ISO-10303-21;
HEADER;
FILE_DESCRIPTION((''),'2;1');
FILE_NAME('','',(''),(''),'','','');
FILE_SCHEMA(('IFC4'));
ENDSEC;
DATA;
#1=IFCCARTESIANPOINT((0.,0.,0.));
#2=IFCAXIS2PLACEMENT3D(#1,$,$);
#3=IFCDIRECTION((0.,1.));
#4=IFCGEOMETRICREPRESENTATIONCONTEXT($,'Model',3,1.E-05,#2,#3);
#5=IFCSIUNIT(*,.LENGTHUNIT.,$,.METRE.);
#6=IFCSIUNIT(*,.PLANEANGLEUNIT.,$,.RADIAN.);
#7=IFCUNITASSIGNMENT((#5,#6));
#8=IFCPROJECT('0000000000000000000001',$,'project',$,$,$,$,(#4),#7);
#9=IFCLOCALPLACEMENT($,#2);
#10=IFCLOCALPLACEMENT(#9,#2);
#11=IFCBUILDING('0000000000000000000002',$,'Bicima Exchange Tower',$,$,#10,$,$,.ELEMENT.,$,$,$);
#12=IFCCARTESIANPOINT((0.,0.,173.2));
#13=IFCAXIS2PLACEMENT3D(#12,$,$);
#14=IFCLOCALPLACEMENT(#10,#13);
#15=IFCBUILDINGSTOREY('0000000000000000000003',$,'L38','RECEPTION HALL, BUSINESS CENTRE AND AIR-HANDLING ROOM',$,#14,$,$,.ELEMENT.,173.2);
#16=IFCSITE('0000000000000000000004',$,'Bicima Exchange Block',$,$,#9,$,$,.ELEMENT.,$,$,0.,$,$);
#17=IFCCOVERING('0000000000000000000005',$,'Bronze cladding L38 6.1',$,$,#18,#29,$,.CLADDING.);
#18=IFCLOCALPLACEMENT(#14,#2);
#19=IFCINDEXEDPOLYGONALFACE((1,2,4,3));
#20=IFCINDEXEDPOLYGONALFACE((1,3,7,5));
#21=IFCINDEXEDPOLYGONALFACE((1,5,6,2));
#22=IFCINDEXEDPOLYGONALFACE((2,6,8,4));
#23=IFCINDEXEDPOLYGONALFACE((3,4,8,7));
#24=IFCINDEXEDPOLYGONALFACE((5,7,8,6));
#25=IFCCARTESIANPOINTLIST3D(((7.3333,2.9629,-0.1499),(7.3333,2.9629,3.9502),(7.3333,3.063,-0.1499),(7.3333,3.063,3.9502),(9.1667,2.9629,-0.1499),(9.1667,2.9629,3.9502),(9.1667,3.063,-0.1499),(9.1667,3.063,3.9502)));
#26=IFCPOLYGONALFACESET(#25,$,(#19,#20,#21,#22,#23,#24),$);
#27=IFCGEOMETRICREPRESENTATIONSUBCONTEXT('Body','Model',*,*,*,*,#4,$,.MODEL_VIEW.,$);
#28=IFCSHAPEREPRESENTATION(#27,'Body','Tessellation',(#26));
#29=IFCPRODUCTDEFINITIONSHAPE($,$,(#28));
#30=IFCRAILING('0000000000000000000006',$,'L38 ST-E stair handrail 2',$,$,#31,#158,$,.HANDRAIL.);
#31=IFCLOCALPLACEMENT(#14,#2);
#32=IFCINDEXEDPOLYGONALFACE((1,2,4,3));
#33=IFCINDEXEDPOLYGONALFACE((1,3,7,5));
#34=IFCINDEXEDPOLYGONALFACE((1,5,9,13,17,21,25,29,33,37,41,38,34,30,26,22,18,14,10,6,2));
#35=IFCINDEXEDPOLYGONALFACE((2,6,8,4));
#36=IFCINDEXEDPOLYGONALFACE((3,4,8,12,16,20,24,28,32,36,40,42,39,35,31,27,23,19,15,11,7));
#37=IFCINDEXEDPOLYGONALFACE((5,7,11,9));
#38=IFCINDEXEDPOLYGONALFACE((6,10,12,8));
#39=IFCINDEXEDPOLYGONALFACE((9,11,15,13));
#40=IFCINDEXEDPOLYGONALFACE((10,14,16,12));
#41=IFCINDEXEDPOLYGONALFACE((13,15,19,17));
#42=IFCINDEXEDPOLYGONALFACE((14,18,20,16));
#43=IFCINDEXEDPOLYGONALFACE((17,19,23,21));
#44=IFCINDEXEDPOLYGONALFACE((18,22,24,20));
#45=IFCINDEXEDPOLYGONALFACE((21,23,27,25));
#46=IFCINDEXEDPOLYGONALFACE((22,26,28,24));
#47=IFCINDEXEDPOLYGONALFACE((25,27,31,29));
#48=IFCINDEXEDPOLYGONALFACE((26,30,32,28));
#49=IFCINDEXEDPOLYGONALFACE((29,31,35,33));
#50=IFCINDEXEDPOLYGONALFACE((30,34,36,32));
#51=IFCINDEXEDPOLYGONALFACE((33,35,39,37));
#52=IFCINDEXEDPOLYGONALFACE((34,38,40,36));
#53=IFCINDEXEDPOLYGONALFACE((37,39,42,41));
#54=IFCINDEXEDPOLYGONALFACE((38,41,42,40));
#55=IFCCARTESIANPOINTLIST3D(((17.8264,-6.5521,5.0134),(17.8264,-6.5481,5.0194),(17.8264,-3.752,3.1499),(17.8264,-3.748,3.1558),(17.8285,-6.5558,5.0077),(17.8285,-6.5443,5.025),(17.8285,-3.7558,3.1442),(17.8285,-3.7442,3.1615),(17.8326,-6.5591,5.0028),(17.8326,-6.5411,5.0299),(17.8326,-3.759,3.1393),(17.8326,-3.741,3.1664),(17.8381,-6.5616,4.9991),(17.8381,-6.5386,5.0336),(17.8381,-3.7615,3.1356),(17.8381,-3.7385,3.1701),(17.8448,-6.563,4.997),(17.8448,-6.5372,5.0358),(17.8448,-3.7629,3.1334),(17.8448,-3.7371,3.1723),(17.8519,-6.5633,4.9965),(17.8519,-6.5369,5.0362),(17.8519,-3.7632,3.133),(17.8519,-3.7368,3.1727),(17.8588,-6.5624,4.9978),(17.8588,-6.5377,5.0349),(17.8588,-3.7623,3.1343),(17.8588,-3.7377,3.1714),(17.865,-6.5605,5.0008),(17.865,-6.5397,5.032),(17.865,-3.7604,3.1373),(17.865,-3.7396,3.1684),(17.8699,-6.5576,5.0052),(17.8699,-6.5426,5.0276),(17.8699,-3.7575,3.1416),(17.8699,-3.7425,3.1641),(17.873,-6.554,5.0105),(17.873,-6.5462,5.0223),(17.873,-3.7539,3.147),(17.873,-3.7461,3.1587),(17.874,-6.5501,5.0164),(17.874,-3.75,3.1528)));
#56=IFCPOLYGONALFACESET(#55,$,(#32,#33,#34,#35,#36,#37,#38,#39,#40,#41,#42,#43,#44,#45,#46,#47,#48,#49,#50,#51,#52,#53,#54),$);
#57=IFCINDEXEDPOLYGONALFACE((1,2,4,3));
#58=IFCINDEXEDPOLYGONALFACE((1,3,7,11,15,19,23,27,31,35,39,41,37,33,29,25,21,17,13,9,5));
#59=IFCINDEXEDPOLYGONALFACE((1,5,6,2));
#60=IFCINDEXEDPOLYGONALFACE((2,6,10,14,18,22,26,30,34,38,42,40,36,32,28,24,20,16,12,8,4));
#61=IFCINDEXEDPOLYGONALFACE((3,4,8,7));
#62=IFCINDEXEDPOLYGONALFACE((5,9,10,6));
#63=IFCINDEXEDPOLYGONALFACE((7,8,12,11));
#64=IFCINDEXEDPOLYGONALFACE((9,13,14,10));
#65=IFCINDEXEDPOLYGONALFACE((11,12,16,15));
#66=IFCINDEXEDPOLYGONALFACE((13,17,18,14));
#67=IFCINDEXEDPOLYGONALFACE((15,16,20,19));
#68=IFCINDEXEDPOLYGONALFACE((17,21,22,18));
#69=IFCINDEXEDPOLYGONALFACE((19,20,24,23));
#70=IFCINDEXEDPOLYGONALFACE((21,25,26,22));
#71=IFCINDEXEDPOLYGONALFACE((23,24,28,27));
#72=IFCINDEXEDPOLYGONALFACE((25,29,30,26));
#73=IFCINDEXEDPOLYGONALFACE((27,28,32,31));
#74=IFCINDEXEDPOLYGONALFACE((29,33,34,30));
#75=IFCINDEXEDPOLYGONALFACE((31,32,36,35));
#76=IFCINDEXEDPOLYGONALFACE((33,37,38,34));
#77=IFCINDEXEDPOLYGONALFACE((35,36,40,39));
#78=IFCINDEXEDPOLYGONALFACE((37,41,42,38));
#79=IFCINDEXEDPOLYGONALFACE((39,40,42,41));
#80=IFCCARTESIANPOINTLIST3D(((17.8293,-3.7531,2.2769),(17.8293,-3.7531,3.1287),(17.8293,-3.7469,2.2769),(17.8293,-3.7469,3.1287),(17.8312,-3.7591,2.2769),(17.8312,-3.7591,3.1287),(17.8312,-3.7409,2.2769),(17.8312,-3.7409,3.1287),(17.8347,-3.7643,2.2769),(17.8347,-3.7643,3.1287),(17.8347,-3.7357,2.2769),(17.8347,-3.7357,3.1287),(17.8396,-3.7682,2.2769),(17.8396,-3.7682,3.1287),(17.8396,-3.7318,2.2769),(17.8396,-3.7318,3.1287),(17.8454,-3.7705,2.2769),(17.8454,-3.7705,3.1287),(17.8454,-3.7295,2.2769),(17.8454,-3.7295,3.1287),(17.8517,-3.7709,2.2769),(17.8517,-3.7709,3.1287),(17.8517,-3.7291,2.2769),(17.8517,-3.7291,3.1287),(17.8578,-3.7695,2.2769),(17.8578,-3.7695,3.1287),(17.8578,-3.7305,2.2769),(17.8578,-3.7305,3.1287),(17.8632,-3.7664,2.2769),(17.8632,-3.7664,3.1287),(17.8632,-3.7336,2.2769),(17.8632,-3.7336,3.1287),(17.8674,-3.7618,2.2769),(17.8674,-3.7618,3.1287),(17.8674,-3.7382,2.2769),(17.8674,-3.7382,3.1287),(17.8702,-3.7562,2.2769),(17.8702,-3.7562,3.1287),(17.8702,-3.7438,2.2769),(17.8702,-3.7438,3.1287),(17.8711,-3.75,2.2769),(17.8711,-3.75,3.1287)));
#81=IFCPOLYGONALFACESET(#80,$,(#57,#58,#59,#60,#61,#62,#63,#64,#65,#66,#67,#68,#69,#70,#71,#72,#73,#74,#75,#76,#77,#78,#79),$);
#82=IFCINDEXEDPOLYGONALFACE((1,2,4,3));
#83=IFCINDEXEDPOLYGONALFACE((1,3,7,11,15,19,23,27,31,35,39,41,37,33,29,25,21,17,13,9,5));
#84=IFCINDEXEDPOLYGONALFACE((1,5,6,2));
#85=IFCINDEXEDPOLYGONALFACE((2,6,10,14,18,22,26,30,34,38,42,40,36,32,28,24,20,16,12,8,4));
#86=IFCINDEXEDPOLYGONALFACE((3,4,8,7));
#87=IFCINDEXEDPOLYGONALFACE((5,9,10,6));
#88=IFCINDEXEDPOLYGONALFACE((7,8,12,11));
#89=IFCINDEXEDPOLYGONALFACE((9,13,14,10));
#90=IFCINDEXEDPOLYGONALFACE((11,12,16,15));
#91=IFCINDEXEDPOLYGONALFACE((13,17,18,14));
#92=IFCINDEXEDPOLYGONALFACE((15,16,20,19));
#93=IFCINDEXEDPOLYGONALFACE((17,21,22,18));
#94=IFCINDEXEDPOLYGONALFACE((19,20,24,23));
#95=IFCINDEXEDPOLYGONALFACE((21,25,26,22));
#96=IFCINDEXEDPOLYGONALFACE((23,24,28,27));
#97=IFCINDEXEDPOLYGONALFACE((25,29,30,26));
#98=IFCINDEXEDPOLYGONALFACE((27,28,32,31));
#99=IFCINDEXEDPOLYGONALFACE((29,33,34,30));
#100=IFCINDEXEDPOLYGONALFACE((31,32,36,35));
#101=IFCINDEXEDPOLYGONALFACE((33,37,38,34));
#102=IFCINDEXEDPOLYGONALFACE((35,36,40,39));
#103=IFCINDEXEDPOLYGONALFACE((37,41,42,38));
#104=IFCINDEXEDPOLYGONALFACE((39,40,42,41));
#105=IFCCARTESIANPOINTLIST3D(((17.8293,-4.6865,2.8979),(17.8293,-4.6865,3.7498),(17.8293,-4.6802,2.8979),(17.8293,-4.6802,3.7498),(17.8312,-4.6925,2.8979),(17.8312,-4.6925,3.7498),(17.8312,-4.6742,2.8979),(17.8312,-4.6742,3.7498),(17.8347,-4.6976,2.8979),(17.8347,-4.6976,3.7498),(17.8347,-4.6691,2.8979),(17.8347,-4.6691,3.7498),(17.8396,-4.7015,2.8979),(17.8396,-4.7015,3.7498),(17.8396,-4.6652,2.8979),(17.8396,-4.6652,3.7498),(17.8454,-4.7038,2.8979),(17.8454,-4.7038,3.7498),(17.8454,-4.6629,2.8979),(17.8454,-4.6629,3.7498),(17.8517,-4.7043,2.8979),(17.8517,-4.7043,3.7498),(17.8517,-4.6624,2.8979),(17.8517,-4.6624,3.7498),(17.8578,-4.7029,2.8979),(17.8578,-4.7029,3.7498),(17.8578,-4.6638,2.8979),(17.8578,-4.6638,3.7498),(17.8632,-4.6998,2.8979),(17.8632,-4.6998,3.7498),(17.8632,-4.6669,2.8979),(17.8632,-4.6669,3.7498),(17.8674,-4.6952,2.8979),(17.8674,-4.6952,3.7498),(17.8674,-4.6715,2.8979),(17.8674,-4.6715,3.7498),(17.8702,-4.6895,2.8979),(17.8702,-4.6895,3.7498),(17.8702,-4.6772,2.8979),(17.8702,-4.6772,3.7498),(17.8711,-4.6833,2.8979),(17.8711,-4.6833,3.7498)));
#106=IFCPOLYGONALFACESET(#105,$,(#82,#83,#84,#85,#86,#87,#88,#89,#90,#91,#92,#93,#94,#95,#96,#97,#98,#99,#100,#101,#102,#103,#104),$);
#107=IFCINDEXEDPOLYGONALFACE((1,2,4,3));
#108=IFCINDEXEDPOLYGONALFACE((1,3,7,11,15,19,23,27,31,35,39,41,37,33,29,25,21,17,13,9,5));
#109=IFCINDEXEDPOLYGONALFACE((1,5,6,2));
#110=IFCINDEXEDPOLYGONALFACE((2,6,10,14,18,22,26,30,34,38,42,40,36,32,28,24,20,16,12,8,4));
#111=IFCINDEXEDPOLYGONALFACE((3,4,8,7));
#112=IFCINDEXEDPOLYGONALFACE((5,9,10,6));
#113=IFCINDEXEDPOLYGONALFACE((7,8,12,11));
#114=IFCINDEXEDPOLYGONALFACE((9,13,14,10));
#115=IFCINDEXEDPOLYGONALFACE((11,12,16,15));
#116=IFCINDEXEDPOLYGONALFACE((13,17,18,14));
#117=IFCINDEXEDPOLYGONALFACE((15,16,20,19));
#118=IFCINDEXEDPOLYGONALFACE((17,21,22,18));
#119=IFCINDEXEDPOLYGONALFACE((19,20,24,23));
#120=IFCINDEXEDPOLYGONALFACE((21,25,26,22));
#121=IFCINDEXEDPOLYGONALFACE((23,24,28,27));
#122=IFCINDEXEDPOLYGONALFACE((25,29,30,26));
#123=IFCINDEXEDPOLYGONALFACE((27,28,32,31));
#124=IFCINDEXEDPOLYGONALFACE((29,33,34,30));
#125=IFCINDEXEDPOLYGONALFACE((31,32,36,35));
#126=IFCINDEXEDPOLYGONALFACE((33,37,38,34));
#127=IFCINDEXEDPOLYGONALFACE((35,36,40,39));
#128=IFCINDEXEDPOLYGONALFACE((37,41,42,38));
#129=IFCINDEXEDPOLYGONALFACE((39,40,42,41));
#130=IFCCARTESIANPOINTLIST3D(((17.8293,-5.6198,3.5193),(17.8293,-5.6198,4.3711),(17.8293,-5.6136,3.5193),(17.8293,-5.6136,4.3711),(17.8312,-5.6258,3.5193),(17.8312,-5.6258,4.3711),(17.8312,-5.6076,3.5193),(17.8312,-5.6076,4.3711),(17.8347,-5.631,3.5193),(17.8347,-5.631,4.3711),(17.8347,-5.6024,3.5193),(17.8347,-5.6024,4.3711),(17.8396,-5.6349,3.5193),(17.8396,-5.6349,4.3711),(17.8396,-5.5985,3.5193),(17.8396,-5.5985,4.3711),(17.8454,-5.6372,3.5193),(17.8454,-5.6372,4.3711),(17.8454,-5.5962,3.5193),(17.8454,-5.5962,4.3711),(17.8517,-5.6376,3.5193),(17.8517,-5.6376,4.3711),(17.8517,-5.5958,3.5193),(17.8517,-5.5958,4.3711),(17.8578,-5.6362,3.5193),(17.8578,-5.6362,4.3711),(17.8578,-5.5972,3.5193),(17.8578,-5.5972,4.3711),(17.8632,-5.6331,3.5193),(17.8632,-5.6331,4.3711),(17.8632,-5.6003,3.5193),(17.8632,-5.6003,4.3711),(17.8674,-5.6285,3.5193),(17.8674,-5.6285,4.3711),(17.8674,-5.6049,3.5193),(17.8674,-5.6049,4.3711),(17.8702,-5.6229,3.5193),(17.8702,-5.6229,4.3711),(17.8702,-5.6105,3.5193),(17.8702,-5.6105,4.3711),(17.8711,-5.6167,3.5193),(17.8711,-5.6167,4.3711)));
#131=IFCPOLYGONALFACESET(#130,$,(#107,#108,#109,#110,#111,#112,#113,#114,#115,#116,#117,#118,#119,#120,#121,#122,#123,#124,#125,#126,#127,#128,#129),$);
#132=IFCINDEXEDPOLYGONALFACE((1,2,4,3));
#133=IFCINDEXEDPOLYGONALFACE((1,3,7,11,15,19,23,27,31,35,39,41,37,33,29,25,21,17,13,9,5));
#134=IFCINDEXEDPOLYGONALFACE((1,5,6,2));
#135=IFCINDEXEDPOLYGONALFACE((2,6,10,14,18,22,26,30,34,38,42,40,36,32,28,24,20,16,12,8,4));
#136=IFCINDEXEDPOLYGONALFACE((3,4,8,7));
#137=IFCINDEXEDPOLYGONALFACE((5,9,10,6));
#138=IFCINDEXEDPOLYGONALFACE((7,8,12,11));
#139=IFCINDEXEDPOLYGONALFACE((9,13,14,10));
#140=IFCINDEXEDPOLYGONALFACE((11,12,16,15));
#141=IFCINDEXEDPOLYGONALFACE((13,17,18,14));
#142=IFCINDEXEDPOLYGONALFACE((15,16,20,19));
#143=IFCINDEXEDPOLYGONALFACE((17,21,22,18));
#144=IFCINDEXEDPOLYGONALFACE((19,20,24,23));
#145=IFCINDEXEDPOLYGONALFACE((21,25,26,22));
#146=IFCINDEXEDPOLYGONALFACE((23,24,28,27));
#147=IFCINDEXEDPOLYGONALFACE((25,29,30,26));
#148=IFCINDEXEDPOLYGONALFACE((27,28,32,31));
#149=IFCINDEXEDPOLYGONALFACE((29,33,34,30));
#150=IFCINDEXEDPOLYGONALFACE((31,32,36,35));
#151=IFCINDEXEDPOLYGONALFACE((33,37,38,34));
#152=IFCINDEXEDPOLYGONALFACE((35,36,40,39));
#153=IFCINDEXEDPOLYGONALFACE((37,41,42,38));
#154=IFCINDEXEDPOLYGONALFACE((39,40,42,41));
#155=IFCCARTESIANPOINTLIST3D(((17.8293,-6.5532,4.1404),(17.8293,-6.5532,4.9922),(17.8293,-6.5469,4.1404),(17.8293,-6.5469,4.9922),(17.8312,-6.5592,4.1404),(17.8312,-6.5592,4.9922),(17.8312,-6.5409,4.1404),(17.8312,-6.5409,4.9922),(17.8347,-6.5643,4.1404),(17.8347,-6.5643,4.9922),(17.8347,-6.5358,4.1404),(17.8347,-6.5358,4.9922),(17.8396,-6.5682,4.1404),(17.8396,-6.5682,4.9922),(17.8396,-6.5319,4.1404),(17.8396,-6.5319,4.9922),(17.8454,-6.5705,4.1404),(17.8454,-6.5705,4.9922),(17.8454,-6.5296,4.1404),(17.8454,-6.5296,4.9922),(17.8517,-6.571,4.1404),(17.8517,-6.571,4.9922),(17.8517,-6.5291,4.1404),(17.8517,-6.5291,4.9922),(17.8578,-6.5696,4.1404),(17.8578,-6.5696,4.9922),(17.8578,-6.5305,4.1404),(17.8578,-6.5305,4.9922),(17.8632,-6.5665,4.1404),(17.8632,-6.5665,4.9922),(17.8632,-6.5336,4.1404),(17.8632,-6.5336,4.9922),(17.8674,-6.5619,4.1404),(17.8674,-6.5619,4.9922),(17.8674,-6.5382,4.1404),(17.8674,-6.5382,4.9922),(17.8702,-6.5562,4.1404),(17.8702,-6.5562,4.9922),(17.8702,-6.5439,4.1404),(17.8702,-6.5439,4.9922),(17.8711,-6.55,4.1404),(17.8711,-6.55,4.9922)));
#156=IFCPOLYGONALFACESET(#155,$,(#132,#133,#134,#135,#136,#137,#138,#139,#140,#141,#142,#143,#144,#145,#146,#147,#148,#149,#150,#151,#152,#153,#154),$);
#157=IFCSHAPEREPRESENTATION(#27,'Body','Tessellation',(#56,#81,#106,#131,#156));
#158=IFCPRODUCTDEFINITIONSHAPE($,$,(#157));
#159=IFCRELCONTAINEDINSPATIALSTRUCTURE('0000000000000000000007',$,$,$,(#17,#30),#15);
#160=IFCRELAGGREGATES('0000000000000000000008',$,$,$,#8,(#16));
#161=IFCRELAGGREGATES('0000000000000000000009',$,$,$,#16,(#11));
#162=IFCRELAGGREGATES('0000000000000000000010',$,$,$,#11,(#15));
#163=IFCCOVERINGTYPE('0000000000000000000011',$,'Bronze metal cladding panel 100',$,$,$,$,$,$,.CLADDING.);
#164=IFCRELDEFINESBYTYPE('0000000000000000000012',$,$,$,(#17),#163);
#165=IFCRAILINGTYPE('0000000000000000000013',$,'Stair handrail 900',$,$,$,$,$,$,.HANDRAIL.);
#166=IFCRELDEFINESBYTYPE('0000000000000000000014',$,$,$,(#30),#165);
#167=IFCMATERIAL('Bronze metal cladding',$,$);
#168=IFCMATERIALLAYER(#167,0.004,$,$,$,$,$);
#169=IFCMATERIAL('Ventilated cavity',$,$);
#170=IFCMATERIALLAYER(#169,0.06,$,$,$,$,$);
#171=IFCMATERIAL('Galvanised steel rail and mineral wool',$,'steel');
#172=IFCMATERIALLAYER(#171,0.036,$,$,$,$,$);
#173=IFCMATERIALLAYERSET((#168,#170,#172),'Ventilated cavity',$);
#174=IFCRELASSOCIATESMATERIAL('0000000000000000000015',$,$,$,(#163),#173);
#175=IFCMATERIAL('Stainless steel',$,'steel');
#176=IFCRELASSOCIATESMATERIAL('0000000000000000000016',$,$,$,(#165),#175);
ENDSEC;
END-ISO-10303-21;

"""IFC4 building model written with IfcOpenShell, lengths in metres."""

from ifc_helpers import new_model, si_unit, direction, frame, origin, origin_2d, place, context, subcontext, project, spatial, rectangle, circle, extrude, material, layer, layer_set, type_object, element, save


model = new_model("IFC4")

# Units and contexts
model_context = context("Model", 3, precision=1e-05, world=origin(), true_north=direction((0.0, 1.0)))
body_context = subcontext(model_context, "Body", "Model", "MODEL_VIEW")
ifc_project = project(units=[si_unit("LENGTHUNIT", "METRE"), si_unit("PLANEANGLEUNIT", "RADIAN")], contexts=[model_context])

# Site, building, storey
site_placement = place(None, origin())
site = spatial("IfcSite", under=ifc_project, at=site_placement, Name="Bicima Exchange Block", CompositionType="ELEMENT", RefElevation=0.0)
building_placement = place(site_placement, origin())
building = spatial("IfcBuilding", under=site, at=building_placement, Name="Bicima Exchange Tower", CompositionType="ELEMENT")
storey_placement = place(building_placement, frame((0.0, 0.0, 173.2)))
storey = spatial("IfcBuildingStorey", under=building, at=storey_placement, Name="L38", Description="RECEPTION HALL, BUSINESS CENTRE AND AIR-HANDLING ROOM", CompositionType="ELEMENT", Elevation=173.2)

# Shared definitions
ifc_material_1 = material(Name="Stainless steel", Category="steel")

# Covering
ifc_material_2 = material(Name="Bronze metal cladding")
ifc_layer_1 = layer(ifc_material_2, 0.004)
ifc_material_3 = material(Name="Ventilated cavity")
ifc_layer_2 = layer(ifc_material_3, 0.06)
ifc_material_4 = material(Name="Galvanised steel rail and mineral wool", Category="steel")
ifc_layer_3 = layer(ifc_material_4, 0.036)
ifc_layer_set_1 = layer_set([ifc_layer_1, ifc_layer_2, ifc_layer_3], Name="Ventilated cavity")
covering_type = type_object("IfcCoveringType", Name="Bronze metal cladding panel 100", PredefinedType="CLADDING", material=ifc_layer_set_1)
covering_1_placement = place(storey_placement, frame((8.25, 3.0129, -0.1499), z_axis=(0.0, 0.0, 1.0), x_axis=(-1.0, 0.0, 0.0)))
element("IfcCovering", 1, at=covering_1_placement, inside=storey, type_object=covering_type, Name="Bronze cladding L38 6.1", PredefinedType="CLADDING", context=body_context, shape_type="SweptSolid", body=[
    extrude(rectangle(XDim=1.8335, YDim=0.1001, at=origin_2d()), origin(), (0.0, 0.0, 1.0), 4.1001),
])

# Railing
railing_type = type_object("IfcRailingType", Name="Stair handrail 900", PredefinedType="HANDRAIL", material=ifc_material_1)
railing_placement = place(storey_placement, frame((17.8501, -3.75, 2.2769)))
element("IfcRailing", 2, at=railing_placement, inside=storey, type_object=railing_type, Name="L38 ST-E stair handrail 2", PredefinedType="HANDRAIL", context=body_context, shape_type="SweptSolid", body=[
    extrude(circle(Radius=0.0239, at=origin_2d()), frame((0.0, 0.0, 0.876), z_axis=(0.0, -0.832486, 0.554047), x_axis=(1.0, 0.0, 0.0)), (0.0, 0.0, 1.0), 3.3635),
    extrude(circle(Radius=0.021, at=origin_2d()), origin(), (0.0, 0.0, 1.0), 0.8518),
    extrude(circle(Radius=0.021, at=origin_2d()), frame((0.0, -0.9333, 0.6211)), (0.0, 0.0, 1.0), 0.8518),
    extrude(circle(Radius=0.021, at=origin_2d()), frame((0.0, -1.8667, 1.2424)), (0.0, 0.0, 1.0), 0.8518),
    extrude(circle(Radius=0.021, at=origin_2d()), frame((0.0, -2.8, 1.8635)), (0.0, 0.0, 1.0), 0.8518),
])

save(model, "model.ifc")
